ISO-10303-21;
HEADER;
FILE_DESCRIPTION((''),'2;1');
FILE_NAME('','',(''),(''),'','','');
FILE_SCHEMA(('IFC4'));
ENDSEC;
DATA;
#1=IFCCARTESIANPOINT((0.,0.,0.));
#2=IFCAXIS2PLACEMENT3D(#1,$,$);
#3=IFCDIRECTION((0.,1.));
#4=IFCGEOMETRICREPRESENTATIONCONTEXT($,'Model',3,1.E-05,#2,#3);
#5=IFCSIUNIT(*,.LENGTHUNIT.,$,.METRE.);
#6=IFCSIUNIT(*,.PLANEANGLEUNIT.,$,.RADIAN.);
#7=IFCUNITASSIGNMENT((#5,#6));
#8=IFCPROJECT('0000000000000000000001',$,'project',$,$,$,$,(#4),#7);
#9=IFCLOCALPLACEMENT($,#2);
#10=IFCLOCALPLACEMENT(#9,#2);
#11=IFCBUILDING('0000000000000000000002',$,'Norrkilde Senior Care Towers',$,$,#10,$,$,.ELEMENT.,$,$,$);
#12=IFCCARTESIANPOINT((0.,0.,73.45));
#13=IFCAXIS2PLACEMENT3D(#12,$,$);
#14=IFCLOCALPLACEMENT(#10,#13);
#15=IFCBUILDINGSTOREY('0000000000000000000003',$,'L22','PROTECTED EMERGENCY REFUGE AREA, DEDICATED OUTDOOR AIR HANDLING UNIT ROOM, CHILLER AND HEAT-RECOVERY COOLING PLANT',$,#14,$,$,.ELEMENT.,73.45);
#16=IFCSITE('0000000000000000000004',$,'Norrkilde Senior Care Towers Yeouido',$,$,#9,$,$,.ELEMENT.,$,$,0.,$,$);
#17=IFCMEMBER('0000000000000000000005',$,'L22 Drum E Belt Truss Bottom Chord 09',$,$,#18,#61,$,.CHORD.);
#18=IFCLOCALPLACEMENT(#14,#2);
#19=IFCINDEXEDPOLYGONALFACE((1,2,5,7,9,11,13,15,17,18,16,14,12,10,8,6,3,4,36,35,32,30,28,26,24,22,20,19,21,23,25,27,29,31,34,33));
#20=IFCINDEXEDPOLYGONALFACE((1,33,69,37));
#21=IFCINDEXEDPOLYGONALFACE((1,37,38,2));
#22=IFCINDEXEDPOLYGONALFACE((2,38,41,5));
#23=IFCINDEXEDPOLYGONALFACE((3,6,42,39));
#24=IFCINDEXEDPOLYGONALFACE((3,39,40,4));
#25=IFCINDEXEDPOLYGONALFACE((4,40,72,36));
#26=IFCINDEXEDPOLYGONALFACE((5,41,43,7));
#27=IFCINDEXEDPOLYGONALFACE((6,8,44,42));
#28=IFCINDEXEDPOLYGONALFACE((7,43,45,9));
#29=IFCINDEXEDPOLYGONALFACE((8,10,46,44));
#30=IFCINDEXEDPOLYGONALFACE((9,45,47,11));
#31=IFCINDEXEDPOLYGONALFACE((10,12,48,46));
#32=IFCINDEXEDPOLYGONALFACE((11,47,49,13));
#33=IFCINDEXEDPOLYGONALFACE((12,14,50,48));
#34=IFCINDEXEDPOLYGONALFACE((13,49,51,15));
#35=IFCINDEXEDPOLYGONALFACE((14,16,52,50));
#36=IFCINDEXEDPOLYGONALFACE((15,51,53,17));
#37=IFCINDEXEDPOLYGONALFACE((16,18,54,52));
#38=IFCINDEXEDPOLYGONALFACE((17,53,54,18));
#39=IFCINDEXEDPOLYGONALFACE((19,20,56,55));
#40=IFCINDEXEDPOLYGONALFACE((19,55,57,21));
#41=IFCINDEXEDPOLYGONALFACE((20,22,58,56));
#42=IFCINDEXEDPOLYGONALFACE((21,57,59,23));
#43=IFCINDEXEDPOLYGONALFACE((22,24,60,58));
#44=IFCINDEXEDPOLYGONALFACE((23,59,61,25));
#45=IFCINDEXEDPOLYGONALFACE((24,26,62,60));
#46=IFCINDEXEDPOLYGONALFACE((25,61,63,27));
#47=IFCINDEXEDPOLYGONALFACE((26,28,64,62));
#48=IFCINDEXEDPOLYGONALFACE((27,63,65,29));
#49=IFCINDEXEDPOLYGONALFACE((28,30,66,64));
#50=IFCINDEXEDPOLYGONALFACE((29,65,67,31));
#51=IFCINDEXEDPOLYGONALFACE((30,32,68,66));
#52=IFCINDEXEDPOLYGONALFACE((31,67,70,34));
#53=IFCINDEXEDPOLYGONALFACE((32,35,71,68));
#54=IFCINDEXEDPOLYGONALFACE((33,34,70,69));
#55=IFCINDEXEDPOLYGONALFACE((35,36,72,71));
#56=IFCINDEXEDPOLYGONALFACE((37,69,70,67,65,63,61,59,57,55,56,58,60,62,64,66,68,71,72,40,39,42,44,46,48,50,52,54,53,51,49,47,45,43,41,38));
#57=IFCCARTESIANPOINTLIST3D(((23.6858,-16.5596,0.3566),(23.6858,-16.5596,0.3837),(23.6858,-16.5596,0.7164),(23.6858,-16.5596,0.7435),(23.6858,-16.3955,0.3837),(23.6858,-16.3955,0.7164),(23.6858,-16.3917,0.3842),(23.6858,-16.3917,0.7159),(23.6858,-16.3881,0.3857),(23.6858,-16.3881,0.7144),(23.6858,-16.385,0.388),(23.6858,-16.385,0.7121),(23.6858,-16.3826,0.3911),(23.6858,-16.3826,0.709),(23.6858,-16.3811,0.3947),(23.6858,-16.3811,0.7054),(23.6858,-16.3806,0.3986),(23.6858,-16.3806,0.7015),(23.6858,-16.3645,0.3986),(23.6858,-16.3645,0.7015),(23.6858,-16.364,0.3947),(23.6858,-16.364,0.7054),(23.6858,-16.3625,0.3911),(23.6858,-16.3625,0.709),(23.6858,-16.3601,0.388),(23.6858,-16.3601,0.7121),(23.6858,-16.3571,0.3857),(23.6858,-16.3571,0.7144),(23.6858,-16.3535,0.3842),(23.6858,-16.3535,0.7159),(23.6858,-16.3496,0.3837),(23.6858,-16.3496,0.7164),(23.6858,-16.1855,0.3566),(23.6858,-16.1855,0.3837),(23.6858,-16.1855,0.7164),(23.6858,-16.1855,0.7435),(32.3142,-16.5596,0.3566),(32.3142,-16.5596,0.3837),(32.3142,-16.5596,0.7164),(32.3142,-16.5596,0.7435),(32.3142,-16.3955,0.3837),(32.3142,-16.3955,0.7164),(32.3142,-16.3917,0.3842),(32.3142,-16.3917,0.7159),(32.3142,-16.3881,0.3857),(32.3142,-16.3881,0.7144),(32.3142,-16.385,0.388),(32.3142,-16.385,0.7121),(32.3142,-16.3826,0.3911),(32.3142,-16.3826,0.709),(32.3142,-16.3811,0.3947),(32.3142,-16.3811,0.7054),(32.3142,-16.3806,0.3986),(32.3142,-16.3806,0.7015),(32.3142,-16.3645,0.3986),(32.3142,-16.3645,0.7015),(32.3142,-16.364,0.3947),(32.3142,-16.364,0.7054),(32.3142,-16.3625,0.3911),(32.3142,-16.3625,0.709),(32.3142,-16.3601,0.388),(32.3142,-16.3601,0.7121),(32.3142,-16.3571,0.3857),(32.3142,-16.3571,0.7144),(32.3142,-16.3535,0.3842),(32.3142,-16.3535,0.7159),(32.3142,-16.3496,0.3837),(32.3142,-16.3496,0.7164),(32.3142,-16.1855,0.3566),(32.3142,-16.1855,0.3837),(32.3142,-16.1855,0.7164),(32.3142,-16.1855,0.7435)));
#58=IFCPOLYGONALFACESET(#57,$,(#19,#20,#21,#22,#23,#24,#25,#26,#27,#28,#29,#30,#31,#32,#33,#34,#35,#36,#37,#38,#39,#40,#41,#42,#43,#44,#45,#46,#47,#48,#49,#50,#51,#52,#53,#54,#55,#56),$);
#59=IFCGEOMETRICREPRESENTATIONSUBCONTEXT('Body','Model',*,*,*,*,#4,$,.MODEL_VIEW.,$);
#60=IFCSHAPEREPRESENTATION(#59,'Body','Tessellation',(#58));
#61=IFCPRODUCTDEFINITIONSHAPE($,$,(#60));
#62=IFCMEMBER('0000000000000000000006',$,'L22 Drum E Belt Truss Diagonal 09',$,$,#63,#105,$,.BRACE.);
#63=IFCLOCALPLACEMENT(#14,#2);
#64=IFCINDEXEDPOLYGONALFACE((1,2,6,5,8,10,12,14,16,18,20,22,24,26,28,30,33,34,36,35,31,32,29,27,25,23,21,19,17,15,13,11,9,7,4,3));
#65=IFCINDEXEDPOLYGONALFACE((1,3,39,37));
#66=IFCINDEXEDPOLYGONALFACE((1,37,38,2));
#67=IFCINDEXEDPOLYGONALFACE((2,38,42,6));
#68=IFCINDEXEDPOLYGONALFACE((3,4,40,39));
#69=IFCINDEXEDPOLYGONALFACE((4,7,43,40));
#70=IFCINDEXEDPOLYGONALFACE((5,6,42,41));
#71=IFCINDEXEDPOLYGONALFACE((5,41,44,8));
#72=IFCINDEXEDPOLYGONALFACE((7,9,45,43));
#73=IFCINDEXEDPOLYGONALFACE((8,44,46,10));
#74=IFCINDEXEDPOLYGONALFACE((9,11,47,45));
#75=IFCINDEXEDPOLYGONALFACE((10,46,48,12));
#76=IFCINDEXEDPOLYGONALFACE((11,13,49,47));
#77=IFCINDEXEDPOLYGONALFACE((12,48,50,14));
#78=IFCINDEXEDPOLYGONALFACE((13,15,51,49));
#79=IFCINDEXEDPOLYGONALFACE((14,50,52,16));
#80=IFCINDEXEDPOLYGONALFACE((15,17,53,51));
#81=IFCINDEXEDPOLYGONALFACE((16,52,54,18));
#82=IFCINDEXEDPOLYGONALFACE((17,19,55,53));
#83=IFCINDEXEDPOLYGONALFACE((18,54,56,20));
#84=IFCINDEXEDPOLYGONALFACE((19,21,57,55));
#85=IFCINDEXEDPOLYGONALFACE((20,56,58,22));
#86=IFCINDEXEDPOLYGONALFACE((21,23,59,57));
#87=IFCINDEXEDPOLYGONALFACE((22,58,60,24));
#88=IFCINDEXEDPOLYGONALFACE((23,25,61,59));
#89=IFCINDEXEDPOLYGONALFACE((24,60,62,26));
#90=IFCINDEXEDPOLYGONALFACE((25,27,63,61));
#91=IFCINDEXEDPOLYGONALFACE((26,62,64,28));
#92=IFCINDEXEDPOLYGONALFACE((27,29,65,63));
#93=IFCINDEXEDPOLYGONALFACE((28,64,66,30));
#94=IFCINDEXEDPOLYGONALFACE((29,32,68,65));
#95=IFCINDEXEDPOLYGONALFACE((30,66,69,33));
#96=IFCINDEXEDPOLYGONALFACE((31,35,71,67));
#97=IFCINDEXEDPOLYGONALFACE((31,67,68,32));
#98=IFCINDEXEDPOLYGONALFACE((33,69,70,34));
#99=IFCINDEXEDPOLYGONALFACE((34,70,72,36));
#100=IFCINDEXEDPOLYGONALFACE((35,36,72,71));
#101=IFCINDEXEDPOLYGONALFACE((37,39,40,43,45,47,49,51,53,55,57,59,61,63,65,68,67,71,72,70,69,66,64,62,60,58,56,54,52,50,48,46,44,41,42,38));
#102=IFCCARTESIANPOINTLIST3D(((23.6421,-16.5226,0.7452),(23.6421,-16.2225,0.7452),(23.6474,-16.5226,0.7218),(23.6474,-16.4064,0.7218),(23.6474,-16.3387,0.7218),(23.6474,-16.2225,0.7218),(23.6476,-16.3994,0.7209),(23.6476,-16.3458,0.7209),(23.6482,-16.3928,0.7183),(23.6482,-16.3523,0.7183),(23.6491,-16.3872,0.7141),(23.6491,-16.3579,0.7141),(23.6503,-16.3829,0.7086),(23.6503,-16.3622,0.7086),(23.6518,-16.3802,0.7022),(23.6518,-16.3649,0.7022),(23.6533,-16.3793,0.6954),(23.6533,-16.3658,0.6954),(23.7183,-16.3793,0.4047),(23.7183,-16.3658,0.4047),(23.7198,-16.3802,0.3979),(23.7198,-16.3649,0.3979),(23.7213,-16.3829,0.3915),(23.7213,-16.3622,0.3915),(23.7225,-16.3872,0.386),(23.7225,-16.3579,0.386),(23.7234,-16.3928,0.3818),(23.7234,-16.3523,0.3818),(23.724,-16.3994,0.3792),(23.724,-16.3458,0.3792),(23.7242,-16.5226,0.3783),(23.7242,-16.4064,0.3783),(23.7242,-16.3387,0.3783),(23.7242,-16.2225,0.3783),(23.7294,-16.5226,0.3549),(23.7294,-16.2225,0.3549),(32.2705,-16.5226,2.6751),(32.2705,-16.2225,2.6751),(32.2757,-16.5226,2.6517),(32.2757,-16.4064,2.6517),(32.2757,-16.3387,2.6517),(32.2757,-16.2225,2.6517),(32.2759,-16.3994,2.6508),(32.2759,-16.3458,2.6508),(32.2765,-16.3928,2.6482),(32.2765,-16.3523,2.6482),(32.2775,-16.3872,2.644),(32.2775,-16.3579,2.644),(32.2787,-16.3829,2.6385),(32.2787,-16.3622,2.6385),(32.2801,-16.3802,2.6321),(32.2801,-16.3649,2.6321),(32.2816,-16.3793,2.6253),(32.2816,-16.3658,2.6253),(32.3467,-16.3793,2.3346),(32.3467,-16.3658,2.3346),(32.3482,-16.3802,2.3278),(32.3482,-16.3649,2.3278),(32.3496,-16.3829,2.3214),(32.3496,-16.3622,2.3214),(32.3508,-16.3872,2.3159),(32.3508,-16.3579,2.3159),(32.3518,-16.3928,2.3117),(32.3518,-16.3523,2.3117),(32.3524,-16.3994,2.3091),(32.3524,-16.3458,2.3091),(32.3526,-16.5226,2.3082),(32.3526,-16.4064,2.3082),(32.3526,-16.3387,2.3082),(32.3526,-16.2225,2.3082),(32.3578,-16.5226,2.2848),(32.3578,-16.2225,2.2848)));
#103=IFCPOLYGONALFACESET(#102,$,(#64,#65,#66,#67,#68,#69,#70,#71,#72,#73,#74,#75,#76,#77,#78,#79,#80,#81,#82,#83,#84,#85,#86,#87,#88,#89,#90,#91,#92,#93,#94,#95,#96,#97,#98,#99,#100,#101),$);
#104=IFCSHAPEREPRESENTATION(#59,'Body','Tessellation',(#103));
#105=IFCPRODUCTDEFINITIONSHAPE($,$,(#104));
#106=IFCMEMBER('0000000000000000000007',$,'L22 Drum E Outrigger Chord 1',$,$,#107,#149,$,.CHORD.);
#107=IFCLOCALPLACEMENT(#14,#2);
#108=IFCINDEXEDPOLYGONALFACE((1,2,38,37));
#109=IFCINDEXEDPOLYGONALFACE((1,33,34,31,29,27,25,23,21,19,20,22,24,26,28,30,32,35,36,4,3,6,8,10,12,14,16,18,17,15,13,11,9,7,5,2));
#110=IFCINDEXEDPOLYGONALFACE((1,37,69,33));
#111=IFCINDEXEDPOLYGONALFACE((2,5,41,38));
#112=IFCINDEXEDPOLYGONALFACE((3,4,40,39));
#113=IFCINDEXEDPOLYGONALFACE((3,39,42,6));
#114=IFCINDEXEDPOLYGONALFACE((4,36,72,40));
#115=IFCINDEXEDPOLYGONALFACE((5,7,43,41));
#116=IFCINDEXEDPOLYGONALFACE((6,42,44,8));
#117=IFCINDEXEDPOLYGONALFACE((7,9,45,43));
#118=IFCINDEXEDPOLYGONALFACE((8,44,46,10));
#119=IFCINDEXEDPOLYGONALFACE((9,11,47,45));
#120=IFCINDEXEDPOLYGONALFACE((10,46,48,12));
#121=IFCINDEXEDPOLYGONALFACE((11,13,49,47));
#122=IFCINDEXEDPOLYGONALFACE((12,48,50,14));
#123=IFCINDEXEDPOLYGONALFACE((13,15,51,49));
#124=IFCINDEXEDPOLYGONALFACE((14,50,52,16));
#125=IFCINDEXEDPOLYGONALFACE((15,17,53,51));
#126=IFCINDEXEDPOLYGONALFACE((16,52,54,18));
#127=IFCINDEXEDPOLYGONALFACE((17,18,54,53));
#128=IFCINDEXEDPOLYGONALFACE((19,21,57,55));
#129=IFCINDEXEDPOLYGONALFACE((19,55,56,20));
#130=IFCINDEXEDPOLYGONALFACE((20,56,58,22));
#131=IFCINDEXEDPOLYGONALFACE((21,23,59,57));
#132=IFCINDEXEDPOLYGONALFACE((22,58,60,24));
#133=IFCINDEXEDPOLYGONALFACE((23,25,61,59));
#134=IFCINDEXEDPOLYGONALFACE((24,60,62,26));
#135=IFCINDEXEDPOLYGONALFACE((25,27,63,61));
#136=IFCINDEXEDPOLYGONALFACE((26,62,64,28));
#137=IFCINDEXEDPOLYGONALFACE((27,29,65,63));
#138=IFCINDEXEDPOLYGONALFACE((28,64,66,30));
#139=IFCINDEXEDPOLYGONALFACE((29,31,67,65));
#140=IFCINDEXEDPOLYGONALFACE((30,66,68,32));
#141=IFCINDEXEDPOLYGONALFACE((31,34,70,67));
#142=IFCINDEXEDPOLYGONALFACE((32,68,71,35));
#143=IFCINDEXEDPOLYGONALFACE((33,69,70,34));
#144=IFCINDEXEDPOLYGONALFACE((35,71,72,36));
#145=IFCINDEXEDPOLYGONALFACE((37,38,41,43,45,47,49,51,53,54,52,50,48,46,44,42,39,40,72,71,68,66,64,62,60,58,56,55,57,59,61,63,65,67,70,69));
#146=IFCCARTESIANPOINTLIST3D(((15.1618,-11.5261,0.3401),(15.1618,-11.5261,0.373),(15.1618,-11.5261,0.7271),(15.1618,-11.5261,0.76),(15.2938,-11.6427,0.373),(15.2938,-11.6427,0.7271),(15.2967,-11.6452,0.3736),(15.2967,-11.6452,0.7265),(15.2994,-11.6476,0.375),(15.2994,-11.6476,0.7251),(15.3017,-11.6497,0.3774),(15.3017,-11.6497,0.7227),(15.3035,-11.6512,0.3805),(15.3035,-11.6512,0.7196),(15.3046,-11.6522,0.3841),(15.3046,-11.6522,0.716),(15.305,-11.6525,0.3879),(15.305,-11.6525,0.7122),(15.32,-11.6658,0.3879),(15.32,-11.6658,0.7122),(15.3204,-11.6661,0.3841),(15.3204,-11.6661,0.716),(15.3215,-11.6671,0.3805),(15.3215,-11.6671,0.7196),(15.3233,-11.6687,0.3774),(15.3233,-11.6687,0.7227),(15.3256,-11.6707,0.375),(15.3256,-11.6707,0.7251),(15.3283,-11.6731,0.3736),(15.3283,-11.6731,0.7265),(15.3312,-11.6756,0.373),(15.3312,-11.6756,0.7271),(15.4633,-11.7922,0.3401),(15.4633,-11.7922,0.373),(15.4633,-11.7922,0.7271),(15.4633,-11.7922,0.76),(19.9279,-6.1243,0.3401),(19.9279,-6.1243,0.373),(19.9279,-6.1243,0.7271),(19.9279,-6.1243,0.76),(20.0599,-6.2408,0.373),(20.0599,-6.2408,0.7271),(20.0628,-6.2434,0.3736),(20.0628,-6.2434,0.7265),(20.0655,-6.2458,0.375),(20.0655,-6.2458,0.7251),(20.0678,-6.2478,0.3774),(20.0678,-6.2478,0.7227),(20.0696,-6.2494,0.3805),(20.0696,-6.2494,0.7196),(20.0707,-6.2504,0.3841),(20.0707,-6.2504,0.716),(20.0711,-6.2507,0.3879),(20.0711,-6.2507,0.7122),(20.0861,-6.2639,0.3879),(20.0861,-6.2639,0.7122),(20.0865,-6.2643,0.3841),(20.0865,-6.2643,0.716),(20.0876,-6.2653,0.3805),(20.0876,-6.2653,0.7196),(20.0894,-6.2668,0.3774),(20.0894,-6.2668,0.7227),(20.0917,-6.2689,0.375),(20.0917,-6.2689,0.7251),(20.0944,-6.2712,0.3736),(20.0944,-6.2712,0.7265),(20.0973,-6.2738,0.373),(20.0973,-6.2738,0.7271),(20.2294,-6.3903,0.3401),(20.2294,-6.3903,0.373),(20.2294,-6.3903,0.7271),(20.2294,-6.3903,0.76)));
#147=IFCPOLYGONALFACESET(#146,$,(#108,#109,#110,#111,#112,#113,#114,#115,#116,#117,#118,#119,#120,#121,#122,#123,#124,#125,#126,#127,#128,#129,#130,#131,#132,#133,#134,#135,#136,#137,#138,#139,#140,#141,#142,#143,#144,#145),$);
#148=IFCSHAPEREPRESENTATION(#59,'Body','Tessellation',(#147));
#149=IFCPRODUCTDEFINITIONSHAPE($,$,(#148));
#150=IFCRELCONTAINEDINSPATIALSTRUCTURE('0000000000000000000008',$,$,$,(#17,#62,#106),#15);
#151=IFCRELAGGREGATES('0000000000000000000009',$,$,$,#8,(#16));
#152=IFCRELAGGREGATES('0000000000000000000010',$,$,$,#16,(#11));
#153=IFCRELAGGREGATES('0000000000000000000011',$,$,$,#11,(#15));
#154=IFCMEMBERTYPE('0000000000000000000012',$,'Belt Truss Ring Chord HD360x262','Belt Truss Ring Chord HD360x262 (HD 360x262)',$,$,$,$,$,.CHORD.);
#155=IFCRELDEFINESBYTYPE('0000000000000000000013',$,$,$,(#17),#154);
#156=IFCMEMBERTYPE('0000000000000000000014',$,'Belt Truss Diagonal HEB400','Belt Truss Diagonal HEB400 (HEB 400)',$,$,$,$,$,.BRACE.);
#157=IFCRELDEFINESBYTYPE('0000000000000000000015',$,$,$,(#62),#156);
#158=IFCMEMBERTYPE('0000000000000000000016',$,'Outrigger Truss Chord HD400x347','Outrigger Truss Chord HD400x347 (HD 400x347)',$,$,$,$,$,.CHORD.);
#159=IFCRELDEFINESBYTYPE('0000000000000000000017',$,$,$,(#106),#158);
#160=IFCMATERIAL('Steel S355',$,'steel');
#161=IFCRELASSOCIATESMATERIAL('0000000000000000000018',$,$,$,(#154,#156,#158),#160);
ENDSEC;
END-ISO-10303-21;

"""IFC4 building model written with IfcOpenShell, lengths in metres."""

from ifc_helpers import new_model, si_unit, direction, frame, origin, origin_2d, place, context, subcontext, project, spatial, i_section, extrude, source, transform, mapped, material, material_profile, profile_set, type_object, type_shapes, element, save


model = new_model("IFC4")

# Units and contexts
model_context = context("Model", 3, precision=1e-05, world=origin(), true_north=direction((0.0, 1.0)))
body_context = subcontext(model_context, "Body", "Model", "MODEL_VIEW")
ifc_project = project(units=[si_unit("LENGTHUNIT", "METRE"), si_unit("PLANEANGLEUNIT", "RADIAN")], contexts=[model_context])

# Site, building, storey
site_placement = place(None, origin())
site = spatial("IfcSite", under=ifc_project, at=site_placement, Name="Norrkilde Senior Care Towers Yeouido", CompositionType="ELEMENT", RefElevation=0.0)
building_placement = place(site_placement, origin())
building = spatial("IfcBuilding", under=site, at=building_placement, Name="Norrkilde Senior Care Towers", CompositionType="ELEMENT")
storey_placement = place(building_placement, frame((0.0, 0.0, 73.45)))
storey = spatial("IfcBuildingStorey", under=building, at=storey_placement, Name="L22", Description="PROTECTED EMERGENCY REFUGE AREA, DEDICATED OUTDOOR AIR HANDLING UNIT ROOM, CHILLER AND HEAT-RECOVERY COOLING PLANT", CompositionType="ELEMENT", Elevation=73.45)

# Members
ifc_material_1 = material(Name="Steel S355", Category="steel")
ifc_material_profile_1 = material_profile(ifc_material_1, i_section(OverallWidth=0.374, OverallDepth=0.387, WebThickness=0.0161, FlangeThickness=0.0271, FilletRadius=0.0149, at=origin_2d()), Name="HD 360x262")
ifc_profile_set_1 = profile_set([ifc_material_profile_1], Name="Steel S355")
member_type_1 = type_object("IfcMemberType", Name="Belt Truss Ring Chord HD360x262", Description="Belt Truss Ring Chord HD360x262 (HD 360x262)", PredefinedType="CHORD", material=ifc_profile_set_1)
shared_shape_1 = source(origin(), body_context, "Body", "SweptSolid", [
    extrude(i_section(OverallWidth=0.374, OverallDepth=0.387, WebThickness=0.0161, FlangeThickness=0.0271, FilletRadius=0.0149, at=origin_2d()), origin(), (0.0, 0.0, 1.0), 8.6284),
])
type_shapes(member_type_1, [shared_shape_1])
member_1_placement = place(storey_placement, frame((23.6858, -16.3726, 0.55), z_axis=(1.0, 0.0, 0.0), x_axis=(0.0, 1.0, 0.0)))
element("IfcMember", 1, at=member_1_placement, inside=storey, type_object=member_type_1, Name="L22 Drum E Belt Truss Bottom Chord 09", PredefinedType="CHORD", context=body_context, shape_type="MappedRepresentation", body=[
    mapped(shared_shape_1, transform((0.0, 0.0, 0.0), x_axis=(1.0, 0.0, 0.0), y_axis=(0.0, 1.0, 0.0), z_axis=(0.0, 0.0, 1.0), scale=1.0)),
])
ifc_material_profile_2 = material_profile(ifc_material_1, i_section(OverallWidth=0.3, OverallDepth=0.3999, WebThickness=0.0134, FlangeThickness=0.0239, FilletRadius=0.0271, at=origin_2d()), Name="HEB 400")
ifc_profile_set_2 = profile_set([ifc_material_profile_2], Name="Steel S355")
member_type_2 = type_object("IfcMemberType", Name="Belt Truss Diagonal HEB400", Description="Belt Truss Diagonal HEB400 (HEB 400)", PredefinedType="BRACE", material=ifc_profile_set_2)
shared_shape_2 = source(origin(), body_context, "Body", "SweptSolid", [
    extrude(i_section(OverallWidth=0.3, OverallDepth=0.3999, WebThickness=0.0134, FlangeThickness=0.0239, FilletRadius=0.0271, at=origin_2d()), origin(), (0.0, 0.0, 1.0), 8.8416),
])
type_shapes(member_type_2, [shared_shape_2])
member_2_placement = place(storey_placement, frame((23.6858, -16.3726, 0.55), z_axis=(0.975887, 0.0, 0.218278), x_axis=(0.0, 1.0, 0.0)))
element("IfcMember", 2, at=member_2_placement, inside=storey, type_object=member_type_2, Name="L22 Drum E Belt Truss Diagonal 09", PredefinedType="BRACE", context=body_context, shape_type="MappedRepresentation", body=[
    mapped(shared_shape_2, transform((0.0, 0.0, 0.0), x_axis=(1.0, 0.0, 0.0), y_axis=(0.0, 1.0, 0.0), z_axis=(0.0, 0.0, 1.0), scale=1.0)),
])
ifc_material_profile_3 = material_profile(ifc_material_1, i_section(OverallWidth=0.4021, OverallDepth=0.4199, WebThickness=0.02, FlangeThickness=0.033, FilletRadius=0.0149, at=origin_2d()), Name="HD 400x347")
ifc_profile_set_3 = profile_set([ifc_material_profile_3], Name="Steel S355")
member_type_3 = type_object("IfcMemberType", Name="Outrigger Truss Chord HD400x347", Description="Outrigger Truss Chord HD400x347 (HD 400x347)", PredefinedType="CHORD", material=ifc_profile_set_3)
shared_shape_3 = source(origin(), body_context, "Body", "SweptSolid", [
    extrude(i_section(OverallWidth=0.4021, OverallDepth=0.4199, WebThickness=0.02, FlangeThickness=0.033, FilletRadius=0.0149, at=origin_2d()), origin(), (0.0, 0.0, 1.0), 7.2039),
])
type_shapes(member_type_3, [shared_shape_3])
member_3_placement = place(storey_placement, frame((20.0786, -6.2573, 0.55), z_axis=(-0.661604, -0.749854, 0.0), x_axis=(0.749854, -0.661604, 0.0)))
element("IfcMember", 3, at=member_3_placement, inside=storey, type_object=member_type_3, Name="L22 Drum E Outrigger Chord 1", PredefinedType="CHORD", context=body_context, shape_type="MappedRepresentation", body=[
    mapped(shared_shape_3, transform((0.0, 0.0, 0.0), x_axis=(1.0, 0.0, 0.0), y_axis=(0.0, 1.0, 0.0), z_axis=(0.0, 0.0, 1.0), scale=1.0)),
])

save(model, "model.ifc")
